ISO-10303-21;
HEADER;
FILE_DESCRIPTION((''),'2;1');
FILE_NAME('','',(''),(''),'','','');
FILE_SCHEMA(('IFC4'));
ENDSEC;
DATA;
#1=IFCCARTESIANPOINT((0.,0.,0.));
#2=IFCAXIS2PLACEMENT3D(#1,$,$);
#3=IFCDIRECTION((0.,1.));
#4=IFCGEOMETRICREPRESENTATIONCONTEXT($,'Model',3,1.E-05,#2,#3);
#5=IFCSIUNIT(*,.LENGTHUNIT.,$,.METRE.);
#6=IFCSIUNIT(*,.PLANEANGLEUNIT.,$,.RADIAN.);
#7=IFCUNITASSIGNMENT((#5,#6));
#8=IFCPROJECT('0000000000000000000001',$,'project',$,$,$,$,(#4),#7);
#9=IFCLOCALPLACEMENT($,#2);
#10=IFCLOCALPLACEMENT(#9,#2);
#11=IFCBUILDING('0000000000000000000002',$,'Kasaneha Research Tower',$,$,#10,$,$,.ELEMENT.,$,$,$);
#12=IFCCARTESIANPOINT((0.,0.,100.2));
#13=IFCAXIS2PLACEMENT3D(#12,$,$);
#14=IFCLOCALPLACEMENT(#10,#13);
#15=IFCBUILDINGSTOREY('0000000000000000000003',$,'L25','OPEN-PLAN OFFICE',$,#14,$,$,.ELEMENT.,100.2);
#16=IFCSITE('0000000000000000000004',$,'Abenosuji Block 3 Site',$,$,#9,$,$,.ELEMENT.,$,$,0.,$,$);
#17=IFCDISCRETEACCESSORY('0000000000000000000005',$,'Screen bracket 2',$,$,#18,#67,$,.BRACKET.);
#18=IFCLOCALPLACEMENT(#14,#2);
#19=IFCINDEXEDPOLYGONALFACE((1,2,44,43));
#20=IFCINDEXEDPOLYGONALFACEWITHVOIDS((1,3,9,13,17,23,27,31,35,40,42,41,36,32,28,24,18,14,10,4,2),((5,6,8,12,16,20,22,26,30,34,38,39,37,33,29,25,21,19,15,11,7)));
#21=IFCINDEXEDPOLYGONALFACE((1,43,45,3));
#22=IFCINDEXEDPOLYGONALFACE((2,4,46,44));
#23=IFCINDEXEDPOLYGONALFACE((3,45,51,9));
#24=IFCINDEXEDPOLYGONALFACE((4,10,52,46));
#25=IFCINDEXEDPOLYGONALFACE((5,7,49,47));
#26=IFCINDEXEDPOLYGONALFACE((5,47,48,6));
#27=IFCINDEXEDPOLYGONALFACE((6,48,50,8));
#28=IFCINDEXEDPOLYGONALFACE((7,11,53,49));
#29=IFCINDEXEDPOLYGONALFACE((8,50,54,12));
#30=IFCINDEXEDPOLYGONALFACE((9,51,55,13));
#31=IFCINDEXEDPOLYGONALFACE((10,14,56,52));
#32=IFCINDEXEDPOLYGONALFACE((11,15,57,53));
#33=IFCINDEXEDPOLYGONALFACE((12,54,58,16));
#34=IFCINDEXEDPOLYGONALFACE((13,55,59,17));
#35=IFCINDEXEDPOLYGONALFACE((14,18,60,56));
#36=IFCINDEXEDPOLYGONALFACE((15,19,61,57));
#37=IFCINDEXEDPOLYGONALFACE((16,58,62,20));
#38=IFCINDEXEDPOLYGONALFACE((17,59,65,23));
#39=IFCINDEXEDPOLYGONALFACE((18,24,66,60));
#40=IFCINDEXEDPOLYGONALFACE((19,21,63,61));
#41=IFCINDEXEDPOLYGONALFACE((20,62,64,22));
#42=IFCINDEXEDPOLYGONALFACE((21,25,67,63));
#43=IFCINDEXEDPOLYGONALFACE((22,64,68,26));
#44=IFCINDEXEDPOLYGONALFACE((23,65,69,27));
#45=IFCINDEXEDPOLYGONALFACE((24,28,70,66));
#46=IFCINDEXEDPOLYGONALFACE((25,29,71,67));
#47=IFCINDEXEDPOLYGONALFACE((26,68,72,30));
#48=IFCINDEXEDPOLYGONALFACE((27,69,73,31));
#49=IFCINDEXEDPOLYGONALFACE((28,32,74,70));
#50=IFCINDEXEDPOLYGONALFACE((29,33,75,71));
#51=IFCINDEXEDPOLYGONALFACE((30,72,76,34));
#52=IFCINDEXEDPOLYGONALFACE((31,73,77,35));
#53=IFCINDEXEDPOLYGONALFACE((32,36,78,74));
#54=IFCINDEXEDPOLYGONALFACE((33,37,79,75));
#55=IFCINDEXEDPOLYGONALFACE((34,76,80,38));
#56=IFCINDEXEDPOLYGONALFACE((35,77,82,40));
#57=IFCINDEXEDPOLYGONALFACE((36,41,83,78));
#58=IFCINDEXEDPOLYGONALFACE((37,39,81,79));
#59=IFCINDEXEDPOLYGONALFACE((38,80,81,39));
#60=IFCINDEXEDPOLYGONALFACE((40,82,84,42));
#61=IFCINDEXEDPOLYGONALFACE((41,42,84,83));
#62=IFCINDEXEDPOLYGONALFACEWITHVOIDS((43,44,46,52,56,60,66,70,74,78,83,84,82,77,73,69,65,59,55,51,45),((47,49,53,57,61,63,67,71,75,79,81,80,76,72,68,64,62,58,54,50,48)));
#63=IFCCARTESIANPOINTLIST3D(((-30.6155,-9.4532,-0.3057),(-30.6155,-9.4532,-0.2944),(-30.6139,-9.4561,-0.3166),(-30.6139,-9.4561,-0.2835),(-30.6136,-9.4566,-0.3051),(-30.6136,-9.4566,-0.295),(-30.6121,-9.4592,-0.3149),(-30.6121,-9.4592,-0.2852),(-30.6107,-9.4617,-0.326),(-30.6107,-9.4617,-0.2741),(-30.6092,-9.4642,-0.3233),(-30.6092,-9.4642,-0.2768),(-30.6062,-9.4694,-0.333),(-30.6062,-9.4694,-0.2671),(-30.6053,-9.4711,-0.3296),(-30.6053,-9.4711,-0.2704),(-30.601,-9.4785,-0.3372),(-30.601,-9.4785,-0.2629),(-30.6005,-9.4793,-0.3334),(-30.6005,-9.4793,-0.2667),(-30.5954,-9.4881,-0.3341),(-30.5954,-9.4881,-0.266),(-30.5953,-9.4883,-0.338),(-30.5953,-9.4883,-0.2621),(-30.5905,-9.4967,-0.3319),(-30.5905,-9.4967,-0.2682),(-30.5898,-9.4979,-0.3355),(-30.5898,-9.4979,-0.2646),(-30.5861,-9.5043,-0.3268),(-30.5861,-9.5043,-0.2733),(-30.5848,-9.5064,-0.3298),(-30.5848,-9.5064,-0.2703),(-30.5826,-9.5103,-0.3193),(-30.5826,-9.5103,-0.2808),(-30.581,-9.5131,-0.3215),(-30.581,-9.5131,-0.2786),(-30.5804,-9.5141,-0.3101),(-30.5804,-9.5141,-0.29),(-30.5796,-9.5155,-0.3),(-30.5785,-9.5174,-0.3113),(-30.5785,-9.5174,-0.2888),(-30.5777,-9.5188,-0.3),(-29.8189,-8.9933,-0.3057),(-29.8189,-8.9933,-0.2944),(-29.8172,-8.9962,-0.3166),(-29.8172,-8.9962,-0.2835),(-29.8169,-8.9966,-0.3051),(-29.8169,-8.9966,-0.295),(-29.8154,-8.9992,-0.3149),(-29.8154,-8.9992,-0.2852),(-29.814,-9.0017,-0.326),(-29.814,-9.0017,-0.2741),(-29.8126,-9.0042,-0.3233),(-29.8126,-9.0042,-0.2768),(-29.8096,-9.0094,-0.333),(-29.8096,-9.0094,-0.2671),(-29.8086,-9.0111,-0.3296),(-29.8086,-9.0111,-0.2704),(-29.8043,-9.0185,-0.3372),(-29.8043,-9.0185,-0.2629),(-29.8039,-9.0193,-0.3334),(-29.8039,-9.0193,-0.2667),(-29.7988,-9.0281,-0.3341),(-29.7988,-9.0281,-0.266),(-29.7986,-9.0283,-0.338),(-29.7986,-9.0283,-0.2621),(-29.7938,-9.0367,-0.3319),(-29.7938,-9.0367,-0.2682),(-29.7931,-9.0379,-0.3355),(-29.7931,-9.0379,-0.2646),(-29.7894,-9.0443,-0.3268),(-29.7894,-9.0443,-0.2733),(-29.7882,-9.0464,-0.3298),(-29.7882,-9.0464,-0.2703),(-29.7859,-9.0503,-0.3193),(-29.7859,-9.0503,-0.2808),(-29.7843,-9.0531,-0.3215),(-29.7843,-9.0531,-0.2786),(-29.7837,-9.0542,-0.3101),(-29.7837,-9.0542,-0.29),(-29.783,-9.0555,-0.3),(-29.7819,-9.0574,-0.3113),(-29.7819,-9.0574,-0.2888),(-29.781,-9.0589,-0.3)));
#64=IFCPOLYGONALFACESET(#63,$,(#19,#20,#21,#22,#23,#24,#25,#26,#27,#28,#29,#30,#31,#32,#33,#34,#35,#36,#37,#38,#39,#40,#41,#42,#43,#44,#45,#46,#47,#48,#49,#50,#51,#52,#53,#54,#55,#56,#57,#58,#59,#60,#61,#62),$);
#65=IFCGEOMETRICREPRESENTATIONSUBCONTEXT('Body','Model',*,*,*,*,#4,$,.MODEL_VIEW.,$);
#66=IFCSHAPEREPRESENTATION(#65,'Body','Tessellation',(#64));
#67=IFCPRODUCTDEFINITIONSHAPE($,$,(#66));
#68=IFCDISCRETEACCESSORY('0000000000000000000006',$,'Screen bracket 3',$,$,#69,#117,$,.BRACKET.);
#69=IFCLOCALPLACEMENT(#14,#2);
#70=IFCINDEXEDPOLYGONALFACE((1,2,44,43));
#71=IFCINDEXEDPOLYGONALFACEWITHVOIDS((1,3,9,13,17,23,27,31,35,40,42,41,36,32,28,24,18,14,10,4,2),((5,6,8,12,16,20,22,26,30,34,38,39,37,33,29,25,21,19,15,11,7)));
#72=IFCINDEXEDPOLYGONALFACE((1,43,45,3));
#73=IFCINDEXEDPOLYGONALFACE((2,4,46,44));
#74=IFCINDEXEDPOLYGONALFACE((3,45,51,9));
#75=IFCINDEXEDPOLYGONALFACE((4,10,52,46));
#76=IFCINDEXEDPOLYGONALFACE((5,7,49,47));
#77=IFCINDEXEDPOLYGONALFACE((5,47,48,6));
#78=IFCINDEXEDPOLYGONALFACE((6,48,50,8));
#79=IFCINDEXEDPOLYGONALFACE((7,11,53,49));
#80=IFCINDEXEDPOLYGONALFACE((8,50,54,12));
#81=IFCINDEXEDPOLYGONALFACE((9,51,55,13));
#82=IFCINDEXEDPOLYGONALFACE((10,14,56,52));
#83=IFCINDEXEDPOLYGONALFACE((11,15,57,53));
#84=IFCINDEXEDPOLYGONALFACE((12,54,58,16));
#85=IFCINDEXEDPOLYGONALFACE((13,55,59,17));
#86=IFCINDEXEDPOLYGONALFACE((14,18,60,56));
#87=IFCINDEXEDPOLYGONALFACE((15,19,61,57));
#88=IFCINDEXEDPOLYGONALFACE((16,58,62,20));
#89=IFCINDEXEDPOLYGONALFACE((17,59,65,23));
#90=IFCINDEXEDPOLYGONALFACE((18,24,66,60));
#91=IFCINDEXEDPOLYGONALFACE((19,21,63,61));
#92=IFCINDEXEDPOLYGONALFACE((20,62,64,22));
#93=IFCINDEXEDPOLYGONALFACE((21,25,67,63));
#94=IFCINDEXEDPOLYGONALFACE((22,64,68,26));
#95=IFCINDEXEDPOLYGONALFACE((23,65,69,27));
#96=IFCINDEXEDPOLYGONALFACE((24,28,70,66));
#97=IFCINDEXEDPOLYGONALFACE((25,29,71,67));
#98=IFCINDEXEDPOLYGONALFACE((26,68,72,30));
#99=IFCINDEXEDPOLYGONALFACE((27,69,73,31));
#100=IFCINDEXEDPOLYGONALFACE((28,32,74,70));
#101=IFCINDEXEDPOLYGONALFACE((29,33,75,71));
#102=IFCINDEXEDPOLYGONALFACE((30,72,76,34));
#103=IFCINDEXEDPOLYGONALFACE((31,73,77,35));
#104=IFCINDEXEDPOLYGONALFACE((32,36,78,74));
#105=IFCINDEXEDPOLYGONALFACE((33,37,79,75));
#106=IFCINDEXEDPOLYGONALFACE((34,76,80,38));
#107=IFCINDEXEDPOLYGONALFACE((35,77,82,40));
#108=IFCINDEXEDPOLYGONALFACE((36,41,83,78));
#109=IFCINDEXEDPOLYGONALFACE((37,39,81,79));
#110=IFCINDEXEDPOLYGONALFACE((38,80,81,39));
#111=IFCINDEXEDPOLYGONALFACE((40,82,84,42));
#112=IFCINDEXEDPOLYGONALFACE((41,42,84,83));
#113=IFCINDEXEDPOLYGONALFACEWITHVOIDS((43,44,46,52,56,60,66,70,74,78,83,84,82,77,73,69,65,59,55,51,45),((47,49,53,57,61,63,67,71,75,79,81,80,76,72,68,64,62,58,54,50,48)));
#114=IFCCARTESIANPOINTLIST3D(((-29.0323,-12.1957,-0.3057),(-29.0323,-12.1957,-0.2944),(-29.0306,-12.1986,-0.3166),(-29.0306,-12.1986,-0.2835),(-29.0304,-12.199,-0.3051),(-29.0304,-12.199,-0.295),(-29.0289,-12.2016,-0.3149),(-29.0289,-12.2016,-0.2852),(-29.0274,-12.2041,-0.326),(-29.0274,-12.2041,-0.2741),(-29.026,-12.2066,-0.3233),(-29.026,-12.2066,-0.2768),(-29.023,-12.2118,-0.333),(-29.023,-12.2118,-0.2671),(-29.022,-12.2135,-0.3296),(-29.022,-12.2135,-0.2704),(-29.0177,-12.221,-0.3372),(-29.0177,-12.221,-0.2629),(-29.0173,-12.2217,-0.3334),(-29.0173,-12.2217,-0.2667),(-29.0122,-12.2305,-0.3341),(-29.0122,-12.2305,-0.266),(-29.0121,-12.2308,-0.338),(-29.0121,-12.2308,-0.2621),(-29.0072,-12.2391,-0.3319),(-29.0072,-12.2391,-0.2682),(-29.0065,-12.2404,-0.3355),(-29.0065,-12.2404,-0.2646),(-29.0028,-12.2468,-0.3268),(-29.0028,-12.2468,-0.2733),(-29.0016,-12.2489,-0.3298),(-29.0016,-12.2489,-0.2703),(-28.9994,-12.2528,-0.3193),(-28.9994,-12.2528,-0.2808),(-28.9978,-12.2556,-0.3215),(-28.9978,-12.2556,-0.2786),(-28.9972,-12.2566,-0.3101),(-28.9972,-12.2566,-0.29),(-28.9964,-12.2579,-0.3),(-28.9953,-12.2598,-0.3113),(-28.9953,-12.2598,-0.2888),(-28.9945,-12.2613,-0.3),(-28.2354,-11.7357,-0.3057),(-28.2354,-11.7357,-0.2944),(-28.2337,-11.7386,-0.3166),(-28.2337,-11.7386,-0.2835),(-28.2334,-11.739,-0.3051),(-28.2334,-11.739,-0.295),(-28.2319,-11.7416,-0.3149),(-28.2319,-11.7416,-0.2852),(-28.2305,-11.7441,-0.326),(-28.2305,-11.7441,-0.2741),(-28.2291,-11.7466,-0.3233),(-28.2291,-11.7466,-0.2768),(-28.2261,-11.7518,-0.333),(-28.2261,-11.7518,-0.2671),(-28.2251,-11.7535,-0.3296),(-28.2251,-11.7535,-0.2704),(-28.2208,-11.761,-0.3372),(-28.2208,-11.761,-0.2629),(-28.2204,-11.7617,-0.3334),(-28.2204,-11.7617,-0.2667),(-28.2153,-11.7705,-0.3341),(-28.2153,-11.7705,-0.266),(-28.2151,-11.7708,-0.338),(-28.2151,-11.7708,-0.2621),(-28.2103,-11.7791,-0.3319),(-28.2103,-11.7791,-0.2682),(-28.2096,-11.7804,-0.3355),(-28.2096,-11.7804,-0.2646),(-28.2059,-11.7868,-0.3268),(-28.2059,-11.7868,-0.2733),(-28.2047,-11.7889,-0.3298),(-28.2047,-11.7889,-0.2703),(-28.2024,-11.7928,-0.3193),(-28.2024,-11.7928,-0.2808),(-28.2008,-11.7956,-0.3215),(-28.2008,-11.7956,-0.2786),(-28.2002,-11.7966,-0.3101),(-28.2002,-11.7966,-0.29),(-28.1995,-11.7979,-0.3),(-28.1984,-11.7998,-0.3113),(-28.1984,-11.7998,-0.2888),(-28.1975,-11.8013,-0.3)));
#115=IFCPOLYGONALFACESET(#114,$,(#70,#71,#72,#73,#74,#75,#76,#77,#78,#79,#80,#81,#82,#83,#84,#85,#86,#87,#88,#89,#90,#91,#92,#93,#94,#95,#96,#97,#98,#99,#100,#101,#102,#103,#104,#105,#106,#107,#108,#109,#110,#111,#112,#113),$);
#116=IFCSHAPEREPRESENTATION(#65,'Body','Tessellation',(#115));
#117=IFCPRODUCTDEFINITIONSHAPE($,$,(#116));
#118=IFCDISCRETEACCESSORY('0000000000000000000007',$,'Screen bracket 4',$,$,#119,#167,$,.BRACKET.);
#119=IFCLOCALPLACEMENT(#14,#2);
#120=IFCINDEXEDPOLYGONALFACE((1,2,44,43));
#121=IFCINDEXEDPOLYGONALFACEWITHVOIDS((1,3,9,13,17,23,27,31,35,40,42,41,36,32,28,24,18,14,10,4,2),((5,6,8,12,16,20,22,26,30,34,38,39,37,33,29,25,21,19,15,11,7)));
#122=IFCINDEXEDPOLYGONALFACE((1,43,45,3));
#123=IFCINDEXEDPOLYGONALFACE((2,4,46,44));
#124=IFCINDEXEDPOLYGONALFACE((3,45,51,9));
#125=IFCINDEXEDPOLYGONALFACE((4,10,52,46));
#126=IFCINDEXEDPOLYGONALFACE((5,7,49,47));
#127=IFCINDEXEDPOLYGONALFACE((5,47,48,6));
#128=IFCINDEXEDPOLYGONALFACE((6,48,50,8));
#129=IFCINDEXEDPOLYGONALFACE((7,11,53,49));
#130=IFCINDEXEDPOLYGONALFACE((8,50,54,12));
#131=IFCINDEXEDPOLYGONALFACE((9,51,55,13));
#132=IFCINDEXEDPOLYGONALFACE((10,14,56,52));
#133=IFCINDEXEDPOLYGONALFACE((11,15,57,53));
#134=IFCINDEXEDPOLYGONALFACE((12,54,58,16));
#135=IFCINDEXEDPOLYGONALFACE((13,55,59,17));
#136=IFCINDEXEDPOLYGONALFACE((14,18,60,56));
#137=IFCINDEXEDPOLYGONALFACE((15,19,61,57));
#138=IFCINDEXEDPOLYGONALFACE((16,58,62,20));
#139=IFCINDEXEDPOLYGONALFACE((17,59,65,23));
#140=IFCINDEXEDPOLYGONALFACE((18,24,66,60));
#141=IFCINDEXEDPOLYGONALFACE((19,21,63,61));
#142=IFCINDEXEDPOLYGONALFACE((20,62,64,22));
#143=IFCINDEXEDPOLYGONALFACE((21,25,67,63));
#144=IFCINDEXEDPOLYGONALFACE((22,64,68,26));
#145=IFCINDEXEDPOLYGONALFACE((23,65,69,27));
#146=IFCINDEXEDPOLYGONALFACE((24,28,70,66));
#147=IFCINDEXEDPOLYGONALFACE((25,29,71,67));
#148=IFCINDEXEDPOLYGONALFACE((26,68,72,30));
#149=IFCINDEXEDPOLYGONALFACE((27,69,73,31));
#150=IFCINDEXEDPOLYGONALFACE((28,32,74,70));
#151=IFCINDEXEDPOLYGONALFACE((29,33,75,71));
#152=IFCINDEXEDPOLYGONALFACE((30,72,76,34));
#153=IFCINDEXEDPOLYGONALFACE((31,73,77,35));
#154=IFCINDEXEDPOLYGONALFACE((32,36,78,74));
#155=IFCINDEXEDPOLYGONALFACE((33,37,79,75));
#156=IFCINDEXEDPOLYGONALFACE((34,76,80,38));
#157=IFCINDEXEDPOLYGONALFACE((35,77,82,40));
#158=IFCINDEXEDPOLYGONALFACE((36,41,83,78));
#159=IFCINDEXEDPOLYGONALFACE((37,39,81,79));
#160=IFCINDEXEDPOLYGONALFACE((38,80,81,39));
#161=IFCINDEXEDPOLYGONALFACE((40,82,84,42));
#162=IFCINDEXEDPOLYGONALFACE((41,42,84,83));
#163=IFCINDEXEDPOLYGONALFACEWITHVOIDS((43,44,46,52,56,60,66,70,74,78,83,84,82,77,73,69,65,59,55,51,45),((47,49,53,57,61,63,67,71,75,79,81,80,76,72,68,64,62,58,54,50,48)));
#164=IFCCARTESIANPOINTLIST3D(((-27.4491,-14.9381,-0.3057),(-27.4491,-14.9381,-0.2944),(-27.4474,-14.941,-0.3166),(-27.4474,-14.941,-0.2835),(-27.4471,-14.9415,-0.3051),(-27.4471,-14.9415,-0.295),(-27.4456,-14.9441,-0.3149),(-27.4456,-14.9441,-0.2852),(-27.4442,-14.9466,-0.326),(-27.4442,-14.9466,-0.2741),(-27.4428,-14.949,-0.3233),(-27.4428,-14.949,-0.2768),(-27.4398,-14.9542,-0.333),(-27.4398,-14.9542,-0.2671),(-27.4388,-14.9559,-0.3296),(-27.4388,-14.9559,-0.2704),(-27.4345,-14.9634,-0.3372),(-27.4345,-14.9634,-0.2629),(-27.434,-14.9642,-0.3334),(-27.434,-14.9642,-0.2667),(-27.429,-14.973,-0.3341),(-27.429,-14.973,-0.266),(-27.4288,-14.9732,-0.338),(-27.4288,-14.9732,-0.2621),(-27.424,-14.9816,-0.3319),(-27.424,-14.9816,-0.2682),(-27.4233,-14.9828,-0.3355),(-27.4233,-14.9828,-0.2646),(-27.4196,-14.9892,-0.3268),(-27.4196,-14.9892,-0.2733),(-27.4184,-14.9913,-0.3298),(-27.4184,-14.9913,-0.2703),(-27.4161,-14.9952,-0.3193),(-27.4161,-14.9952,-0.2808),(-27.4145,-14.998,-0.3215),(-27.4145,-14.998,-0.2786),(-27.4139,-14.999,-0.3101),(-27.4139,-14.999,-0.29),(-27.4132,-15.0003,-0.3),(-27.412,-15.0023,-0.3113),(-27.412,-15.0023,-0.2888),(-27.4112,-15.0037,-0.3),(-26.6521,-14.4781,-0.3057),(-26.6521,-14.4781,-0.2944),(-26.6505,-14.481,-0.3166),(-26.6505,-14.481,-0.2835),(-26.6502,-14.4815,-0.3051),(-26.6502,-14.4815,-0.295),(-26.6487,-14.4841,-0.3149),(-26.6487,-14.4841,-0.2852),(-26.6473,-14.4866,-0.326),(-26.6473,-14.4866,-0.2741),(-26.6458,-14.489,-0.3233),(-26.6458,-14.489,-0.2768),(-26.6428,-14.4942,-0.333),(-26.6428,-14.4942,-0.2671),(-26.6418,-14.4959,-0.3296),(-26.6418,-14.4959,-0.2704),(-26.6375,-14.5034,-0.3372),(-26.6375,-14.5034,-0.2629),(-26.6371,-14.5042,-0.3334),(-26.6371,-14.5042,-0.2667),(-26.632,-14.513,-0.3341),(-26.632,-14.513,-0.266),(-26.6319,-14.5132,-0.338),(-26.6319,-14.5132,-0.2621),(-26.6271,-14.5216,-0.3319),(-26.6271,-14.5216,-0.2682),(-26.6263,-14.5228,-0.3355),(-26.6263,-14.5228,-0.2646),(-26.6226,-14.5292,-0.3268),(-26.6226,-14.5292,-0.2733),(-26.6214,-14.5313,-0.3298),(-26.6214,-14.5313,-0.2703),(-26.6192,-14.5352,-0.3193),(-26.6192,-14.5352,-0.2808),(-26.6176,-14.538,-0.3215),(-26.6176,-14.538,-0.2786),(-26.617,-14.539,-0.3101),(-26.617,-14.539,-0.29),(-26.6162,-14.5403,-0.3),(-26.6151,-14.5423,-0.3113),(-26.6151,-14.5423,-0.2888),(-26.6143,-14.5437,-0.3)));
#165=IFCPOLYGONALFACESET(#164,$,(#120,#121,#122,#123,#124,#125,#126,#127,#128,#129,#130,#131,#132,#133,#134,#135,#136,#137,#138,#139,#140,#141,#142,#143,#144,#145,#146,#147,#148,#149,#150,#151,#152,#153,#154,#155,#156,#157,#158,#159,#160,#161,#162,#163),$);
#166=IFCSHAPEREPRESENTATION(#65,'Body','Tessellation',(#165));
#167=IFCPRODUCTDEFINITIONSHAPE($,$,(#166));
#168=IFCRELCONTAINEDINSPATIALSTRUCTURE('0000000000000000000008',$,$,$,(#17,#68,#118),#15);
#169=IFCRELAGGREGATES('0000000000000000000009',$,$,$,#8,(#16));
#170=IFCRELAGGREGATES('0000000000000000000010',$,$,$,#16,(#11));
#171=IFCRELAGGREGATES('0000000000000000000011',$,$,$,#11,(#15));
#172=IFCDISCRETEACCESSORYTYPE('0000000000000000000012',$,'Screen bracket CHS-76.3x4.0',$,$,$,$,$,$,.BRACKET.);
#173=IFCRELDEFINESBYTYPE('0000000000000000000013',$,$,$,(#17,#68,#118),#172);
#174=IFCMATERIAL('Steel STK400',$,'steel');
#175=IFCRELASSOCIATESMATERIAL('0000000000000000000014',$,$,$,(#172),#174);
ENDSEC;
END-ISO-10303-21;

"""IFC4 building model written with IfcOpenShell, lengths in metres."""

from ifc_helpers import new_model, si_unit, direction, frame, origin, origin_2d, place, context, subcontext, project, spatial, hollow_circle, extrude, material, material_profile, profile_set, type_object, element, save


model = new_model("IFC4")

# Units and contexts
model_context = context("Model", 3, precision=1e-05, world=origin(), true_north=direction((0.0, 1.0)))
body_context = subcontext(model_context, "Body", "Model", "MODEL_VIEW")
ifc_project = project(units=[si_unit("LENGTHUNIT", "METRE"), si_unit("PLANEANGLEUNIT", "RADIAN")], contexts=[model_context])

# Site, building, storey
site_placement = place(None, origin())
site = spatial("IfcSite", under=ifc_project, at=site_placement, Name="Abenosuji Block 3 Site", CompositionType="ELEMENT", RefElevation=0.0)
building_placement = place(site_placement, origin())
building = spatial("IfcBuilding", under=site, at=building_placement, Name="Kasaneha Research Tower", CompositionType="ELEMENT")
storey_placement = place(building_placement, frame((0.0, 0.0, 100.2)))
storey = spatial("IfcBuildingStorey", under=building, at=storey_placement, Name="L25", Description="OPEN-PLAN OFFICE", CompositionType="ELEMENT", Elevation=100.2)

# Discrete accessories
ifc_material_1 = material(Name="Steel STK400", Category="steel")
ifc_material_profile_1 = material_profile(ifc_material_1, hollow_circle(Radius=0.0381, WallThickness=0.0039, at=origin_2d()), Name="CHS-76.3x4.0")
ifc_profile_set_1 = profile_set([ifc_material_profile_1], Name="Steel STK400")
discrete_accessory_type = type_object("IfcDiscreteAccessoryType", Name="Screen bracket CHS-76.3x4.0", PredefinedType="BRACKET", material=ifc_profile_set_1)
for number, where, z_axis, x_axis, name in (
    (1, (-29.8, -9.0259, -0.3), (-0.866013, -0.500021, 0.0), (0.500021, -0.866013, 0.0), "Screen bracket 2"),
):
    element("IfcDiscreteAccessory", number, at=place(storey_placement, frame(where, z_axis=z_axis, x_axis=x_axis)), inside=storey, type_object=discrete_accessory_type, Name=name, PredefinedType="BRACKET", context=body_context, shape_type="SweptSolid", body=[
        extrude(hollow_circle(Radius=0.0381, WallThickness=0.0039, at=origin_2d()), origin(), (0.0, 0.0, 1.0), 0.9199),
    ])
for number, where, z_axis, x_axis, name in (
    (2, (-28.2166, -11.7683, -0.3), (-0.86608, -0.499906, 0.0), (0.499906, -0.86608, 0.0), "Screen bracket 3"),
    (3, (-26.6333, -14.5107, -0.3), (-0.86608, -0.499906, 0.0), (0.499906, -0.86608, 0.0), "Screen bracket 4"),
):
    element("IfcDiscreteAccessory", number, at=place(storey_placement, frame(where, z_axis=z_axis, x_axis=x_axis)), inside=storey, type_object=discrete_accessory_type, Name=name, PredefinedType="BRACKET", context=body_context, shape_type="SweptSolid", body=[
        extrude(hollow_circle(Radius=0.0381, WallThickness=0.0039, at=origin_2d()), origin(), (0.0, 0.0, 1.0), 0.9202),
    ])

save(model, "model.ifc")
